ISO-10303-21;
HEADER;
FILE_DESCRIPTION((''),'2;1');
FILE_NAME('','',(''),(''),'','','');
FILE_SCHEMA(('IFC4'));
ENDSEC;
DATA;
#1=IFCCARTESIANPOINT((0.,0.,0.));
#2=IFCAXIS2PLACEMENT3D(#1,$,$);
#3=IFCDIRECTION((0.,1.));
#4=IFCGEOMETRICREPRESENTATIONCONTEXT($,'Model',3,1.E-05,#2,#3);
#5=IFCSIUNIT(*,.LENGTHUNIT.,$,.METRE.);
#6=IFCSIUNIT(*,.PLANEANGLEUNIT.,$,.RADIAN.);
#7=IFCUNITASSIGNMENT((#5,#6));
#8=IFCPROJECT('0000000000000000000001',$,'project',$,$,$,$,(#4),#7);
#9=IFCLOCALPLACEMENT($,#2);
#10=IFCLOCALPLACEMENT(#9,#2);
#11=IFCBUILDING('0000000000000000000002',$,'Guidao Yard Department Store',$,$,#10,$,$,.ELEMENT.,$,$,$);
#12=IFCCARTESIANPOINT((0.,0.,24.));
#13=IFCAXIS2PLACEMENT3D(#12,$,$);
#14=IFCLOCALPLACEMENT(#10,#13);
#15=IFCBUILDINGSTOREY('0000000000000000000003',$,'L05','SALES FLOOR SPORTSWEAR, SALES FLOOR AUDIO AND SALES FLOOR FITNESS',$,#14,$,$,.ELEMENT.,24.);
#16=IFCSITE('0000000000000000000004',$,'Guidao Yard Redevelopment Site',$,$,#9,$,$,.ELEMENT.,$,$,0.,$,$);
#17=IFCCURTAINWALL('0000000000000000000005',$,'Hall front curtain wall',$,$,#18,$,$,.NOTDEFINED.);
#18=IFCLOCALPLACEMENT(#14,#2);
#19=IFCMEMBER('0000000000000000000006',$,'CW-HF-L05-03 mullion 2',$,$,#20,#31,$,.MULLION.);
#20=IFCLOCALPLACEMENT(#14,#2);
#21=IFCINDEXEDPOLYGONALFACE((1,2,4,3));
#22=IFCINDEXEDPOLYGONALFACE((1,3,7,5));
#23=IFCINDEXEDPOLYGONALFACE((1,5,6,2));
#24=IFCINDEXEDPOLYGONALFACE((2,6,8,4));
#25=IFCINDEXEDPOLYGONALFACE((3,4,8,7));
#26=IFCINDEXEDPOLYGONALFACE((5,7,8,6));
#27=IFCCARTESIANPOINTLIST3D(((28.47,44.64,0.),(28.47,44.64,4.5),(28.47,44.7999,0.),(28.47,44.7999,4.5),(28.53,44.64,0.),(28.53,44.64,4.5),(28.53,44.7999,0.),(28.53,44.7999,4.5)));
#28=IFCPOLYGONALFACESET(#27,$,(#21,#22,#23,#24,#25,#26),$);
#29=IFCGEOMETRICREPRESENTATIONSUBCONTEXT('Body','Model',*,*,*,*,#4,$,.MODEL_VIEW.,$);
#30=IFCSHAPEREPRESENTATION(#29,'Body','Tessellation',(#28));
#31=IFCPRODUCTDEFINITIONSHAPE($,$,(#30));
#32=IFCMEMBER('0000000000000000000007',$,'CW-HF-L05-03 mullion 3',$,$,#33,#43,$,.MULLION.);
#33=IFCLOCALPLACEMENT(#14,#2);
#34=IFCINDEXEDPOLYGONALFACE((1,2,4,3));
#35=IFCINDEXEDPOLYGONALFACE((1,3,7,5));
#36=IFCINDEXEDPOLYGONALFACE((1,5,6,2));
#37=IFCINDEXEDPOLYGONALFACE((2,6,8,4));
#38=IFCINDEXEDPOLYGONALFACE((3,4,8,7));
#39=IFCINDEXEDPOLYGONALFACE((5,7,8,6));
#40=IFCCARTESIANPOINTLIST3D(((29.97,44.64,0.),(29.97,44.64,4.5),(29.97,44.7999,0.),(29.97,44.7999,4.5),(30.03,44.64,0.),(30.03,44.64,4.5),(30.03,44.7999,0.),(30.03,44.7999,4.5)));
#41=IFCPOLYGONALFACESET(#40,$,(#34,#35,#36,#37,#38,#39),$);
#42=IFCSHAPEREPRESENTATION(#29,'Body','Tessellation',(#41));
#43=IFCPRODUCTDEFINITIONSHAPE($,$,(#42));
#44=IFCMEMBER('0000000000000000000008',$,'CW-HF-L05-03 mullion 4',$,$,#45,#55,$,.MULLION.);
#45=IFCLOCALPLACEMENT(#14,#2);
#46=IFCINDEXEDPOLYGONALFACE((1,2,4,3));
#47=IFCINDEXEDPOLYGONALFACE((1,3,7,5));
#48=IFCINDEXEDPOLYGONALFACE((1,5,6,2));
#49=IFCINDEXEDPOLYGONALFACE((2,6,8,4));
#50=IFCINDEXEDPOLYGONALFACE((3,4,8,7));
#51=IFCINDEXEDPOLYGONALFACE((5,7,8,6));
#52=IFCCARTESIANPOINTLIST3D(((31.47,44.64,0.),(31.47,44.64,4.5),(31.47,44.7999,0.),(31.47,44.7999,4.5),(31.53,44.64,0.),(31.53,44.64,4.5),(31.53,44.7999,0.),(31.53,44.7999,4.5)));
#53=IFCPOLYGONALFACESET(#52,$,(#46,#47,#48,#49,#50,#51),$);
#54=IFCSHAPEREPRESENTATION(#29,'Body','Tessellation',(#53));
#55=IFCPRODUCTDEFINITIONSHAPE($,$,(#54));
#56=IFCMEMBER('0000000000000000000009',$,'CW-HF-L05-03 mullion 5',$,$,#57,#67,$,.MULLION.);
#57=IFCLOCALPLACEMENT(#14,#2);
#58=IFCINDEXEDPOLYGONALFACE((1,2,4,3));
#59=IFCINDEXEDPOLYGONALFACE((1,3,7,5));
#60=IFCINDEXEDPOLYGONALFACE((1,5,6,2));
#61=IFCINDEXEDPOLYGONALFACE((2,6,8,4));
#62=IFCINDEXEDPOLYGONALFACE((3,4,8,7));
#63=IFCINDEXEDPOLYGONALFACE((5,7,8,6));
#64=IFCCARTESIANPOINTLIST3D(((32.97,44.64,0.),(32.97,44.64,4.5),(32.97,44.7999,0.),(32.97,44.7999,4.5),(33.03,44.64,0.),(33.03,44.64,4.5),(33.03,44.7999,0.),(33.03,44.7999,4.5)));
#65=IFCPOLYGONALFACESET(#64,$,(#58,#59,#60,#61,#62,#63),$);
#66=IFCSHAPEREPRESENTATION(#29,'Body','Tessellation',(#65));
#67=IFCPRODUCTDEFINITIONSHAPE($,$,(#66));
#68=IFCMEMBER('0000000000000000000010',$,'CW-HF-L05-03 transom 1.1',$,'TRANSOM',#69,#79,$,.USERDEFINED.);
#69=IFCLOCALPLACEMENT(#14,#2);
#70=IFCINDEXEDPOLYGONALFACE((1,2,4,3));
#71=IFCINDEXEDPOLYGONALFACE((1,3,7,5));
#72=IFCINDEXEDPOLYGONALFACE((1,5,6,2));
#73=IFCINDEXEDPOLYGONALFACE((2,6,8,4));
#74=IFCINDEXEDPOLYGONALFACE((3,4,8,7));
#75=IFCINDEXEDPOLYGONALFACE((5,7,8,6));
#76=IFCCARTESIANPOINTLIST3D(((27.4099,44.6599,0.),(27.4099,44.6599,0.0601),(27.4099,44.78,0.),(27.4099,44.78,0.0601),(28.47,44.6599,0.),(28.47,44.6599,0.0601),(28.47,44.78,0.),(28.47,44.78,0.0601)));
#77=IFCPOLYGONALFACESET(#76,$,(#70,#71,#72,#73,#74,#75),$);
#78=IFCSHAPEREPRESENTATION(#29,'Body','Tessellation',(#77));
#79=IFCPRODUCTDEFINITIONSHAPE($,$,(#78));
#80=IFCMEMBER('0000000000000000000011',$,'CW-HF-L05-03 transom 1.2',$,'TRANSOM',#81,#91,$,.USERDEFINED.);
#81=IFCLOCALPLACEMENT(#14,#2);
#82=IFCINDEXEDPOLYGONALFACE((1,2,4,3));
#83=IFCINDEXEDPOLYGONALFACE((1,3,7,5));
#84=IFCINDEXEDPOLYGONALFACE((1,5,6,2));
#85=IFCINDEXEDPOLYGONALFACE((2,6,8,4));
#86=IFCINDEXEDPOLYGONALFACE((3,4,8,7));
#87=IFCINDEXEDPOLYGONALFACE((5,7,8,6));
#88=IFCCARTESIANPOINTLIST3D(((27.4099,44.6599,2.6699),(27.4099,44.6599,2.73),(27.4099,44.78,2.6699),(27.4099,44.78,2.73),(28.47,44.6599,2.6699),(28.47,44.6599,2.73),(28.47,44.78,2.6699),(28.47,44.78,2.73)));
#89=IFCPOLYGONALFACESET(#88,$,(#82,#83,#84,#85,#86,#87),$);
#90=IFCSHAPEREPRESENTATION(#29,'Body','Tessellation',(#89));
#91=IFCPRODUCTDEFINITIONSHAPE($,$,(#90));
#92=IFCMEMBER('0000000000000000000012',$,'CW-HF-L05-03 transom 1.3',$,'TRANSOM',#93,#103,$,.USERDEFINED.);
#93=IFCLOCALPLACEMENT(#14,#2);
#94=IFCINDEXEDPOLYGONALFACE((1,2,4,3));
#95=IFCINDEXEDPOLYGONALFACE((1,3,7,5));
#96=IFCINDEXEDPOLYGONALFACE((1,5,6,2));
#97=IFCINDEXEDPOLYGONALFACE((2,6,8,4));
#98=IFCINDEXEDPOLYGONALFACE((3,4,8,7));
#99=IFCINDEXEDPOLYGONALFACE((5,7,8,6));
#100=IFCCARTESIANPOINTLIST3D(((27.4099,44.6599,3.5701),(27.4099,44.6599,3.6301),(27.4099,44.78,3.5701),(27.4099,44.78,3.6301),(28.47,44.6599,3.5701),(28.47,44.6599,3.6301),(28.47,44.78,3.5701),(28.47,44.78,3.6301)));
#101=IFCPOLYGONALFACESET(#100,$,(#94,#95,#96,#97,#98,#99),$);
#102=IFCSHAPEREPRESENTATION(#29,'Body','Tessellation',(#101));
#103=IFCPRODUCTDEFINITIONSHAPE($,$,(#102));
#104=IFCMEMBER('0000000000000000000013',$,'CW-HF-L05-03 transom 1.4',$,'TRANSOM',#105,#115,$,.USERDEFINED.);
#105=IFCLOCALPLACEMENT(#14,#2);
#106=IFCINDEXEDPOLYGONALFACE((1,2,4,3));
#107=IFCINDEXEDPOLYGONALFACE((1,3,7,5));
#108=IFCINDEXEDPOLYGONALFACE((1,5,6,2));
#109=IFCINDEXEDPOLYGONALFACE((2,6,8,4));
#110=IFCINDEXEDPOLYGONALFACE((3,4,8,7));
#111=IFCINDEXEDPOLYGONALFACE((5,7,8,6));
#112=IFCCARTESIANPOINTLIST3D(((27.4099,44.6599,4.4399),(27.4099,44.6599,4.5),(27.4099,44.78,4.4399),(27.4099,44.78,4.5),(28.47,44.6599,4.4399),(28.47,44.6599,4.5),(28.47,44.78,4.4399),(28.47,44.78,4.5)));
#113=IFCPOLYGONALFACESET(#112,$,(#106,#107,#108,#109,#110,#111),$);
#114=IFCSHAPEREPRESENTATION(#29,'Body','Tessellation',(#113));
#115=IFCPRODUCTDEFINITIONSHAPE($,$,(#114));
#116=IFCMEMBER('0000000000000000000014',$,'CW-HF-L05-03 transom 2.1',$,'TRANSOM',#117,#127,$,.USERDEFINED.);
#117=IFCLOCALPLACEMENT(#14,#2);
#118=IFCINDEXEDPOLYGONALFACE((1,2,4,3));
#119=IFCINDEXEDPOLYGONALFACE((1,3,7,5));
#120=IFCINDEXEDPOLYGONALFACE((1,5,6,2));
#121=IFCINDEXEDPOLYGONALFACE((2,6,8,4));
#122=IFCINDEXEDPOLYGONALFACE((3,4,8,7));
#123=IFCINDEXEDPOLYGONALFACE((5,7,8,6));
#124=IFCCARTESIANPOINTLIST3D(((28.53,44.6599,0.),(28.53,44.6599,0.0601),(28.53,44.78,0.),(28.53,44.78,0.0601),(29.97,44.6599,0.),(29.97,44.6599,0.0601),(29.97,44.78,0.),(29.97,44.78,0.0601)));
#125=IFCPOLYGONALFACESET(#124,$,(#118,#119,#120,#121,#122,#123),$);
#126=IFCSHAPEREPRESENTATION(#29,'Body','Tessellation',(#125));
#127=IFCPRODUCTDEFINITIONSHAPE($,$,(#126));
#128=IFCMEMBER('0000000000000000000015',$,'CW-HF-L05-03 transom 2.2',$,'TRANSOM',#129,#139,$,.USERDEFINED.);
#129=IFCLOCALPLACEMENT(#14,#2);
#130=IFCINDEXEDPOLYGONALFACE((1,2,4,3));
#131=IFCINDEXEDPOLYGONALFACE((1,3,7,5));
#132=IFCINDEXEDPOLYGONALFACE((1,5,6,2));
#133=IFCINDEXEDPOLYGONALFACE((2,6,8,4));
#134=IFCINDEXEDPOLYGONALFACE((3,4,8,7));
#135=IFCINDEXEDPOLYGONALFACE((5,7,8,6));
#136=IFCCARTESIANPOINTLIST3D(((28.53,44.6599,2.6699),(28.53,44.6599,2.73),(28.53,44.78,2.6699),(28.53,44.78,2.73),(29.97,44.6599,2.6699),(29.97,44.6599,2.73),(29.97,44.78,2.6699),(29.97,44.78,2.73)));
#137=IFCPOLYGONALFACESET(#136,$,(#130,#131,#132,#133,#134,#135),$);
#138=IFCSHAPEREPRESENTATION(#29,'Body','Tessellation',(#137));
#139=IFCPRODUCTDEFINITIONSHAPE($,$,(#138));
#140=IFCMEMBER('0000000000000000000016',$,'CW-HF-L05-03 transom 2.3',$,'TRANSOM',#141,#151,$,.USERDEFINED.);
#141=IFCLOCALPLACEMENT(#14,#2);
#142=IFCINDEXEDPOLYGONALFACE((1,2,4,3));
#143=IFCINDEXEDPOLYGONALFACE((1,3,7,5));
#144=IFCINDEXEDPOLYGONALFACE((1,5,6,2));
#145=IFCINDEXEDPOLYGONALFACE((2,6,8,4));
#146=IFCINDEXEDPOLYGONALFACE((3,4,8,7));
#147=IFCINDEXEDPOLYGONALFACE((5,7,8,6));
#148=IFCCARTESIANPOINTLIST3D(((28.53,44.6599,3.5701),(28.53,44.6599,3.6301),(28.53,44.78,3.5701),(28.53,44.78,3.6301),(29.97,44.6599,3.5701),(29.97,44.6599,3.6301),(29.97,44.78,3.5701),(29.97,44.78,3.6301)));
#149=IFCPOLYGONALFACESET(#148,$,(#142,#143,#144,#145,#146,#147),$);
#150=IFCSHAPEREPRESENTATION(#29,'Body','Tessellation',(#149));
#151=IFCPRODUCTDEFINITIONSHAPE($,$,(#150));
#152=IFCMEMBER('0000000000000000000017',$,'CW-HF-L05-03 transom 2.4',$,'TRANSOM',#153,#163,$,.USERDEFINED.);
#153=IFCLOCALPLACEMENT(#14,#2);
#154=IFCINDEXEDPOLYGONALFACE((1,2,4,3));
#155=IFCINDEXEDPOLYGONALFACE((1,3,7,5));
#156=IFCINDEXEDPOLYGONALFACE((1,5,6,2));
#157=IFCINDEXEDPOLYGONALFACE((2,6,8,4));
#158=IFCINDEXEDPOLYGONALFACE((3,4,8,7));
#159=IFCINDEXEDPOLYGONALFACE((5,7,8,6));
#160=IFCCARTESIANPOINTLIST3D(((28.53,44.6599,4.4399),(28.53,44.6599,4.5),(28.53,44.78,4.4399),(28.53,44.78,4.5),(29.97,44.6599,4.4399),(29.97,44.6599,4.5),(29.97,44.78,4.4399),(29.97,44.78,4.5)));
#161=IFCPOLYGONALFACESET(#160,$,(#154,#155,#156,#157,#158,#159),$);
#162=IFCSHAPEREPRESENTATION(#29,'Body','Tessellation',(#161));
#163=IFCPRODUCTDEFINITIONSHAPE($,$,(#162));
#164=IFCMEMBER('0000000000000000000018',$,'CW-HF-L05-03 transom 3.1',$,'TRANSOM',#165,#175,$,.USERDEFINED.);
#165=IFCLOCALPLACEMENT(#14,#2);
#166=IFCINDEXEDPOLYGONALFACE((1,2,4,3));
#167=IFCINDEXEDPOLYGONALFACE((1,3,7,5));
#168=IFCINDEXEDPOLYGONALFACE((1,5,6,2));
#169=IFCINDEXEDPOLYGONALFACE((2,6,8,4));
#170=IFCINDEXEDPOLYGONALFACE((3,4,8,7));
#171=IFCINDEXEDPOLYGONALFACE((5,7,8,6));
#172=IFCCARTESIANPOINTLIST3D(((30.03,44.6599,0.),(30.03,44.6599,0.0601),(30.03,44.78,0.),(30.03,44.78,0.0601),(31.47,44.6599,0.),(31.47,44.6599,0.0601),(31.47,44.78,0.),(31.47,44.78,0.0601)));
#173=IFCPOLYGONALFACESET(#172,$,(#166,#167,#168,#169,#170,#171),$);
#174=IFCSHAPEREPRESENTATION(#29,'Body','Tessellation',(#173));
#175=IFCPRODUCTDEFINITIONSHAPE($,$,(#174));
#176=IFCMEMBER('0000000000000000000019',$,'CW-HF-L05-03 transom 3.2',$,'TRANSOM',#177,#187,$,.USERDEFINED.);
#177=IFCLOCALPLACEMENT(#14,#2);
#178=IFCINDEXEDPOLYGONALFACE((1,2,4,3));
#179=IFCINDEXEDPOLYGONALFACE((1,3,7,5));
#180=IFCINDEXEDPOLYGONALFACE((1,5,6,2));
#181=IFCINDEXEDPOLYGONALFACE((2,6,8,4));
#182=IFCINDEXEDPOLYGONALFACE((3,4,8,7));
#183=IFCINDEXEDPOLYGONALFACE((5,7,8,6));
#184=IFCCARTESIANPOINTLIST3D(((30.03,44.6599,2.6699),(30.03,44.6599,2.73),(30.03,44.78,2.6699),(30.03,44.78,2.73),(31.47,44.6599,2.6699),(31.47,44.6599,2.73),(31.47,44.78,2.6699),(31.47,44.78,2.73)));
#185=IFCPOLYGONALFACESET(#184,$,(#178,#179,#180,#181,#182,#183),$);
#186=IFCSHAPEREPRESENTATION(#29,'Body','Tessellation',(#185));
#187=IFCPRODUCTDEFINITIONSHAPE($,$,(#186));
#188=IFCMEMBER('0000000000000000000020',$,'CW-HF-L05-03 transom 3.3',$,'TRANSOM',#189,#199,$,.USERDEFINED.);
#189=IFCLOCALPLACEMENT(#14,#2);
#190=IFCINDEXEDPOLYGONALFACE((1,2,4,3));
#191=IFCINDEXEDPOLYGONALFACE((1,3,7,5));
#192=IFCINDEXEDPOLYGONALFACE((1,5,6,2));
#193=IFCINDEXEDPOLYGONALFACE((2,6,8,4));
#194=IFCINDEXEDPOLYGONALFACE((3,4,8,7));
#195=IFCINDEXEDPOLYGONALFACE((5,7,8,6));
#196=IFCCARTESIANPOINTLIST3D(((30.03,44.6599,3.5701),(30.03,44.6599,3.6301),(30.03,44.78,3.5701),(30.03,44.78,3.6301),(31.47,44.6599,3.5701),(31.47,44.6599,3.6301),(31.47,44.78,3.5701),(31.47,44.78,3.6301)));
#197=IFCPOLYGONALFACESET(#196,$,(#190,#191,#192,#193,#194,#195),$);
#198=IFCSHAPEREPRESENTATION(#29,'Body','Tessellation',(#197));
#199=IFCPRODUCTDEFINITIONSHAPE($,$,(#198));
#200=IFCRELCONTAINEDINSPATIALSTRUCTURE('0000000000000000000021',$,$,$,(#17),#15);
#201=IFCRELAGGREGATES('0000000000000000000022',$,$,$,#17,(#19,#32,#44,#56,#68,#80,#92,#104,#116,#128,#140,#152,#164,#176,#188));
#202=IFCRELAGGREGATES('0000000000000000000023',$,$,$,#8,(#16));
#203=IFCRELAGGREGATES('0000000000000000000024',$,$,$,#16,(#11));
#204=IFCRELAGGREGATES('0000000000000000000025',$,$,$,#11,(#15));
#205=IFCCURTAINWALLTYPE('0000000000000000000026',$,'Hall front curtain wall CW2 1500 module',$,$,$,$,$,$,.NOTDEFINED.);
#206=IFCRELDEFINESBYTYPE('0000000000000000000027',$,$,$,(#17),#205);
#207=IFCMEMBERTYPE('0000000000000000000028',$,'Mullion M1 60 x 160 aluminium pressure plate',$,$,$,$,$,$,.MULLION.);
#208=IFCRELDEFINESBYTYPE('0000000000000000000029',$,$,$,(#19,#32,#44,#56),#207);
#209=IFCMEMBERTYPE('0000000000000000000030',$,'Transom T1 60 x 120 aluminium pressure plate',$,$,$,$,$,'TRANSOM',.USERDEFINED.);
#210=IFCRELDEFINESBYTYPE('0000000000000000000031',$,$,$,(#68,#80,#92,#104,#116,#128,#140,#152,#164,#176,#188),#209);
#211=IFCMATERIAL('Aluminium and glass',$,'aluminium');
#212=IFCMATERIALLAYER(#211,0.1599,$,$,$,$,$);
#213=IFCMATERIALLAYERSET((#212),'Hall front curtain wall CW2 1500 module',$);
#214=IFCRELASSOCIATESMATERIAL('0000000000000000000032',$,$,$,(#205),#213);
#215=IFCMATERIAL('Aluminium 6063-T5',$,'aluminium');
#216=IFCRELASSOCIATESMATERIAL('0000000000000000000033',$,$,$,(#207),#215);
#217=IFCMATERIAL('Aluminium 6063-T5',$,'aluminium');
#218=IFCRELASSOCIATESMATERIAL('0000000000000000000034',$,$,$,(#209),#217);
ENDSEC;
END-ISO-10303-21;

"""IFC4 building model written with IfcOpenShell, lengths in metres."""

from ifc_helpers import new_model, si_unit, direction, frame, origin, origin_2d, place, context, subcontext, project, spatial, rectangle, extrude, material, layer, layer_set, material_profile, profile_set, type_object, element, aggregate, save


model = new_model("IFC4")

# Units and contexts
model_context = context("Model", 3, precision=1e-05, world=origin(), true_north=direction((0.0, 1.0)))
body_context = subcontext(model_context, "Body", "Model", "MODEL_VIEW")
ifc_project = project(units=[si_unit("LENGTHUNIT", "METRE"), si_unit("PLANEANGLEUNIT", "RADIAN")], contexts=[model_context])

# Site, building, storey
site_placement = place(None, origin())
site = spatial("IfcSite", under=ifc_project, at=site_placement, Name="Guidao Yard Redevelopment Site", CompositionType="ELEMENT", RefElevation=0.0)
building_placement = place(site_placement, origin())
building = spatial("IfcBuilding", under=site, at=building_placement, Name="Guidao Yard Department Store", CompositionType="ELEMENT")
storey_placement = place(building_placement, frame((0.0, 0.0, 24.0)))
storey = spatial("IfcBuildingStorey", under=building, at=storey_placement, Name="L05", Description="SALES FLOOR SPORTSWEAR, SALES FLOOR AUDIO AND SALES FLOOR FITNESS", CompositionType="ELEMENT", Elevation=24.0)

# Curtain wall, members
ifc_material_1 = material(Name="Aluminium and glass", Category="aluminium")
ifc_layer_1 = layer(ifc_material_1, 0.1599)
ifc_layer_set_1 = layer_set([ifc_layer_1], Name="Hall front curtain wall CW2 1500 module")
curtain_wall_type = type_object("IfcCurtainWallType", Name="Hall front curtain wall CW2 1500 module", PredefinedType="NOTDEFINED", material=ifc_layer_set_1)
curtain_wall_placement = place(storey_placement, origin())
curtain_wall = element("IfcCurtainWall", 1, at=curtain_wall_placement, inside=storey, type_object=curtain_wall_type, Name="Hall front curtain wall", PredefinedType="NOTDEFINED")
ifc_material_2 = material(Name="Aluminium 6063-T5", Category="aluminium")
ifc_material_profile_1 = material_profile(ifc_material_2, rectangle(XDim=0.0601, YDim=0.1599, at=origin_2d()), Name="Mullion M1 60 x 160 aluminium pressure plate")
ifc_profile_set_1 = profile_set([ifc_material_profile_1], Name="Aluminium 6063-T5")
member_type_1 = type_object("IfcMemberType", Name="Mullion M1 60 x 160 aluminium pressure plate", PredefinedType="MULLION", material=ifc_profile_set_1)
member_1_placement = place(storey_placement, frame((28.5, 44.72, 0.0), z_axis=(0.0, 0.0, 1.0), x_axis=(-1.0, 0.0, 0.0)))
member_1 = element("IfcMember", 2, at=member_1_placement, type_object=member_type_1, Name="CW-HF-L05-03 mullion 2", PredefinedType="MULLION", context=body_context, shape_type="SweptSolid", body=[
    extrude(rectangle(XDim=0.0601, YDim=0.1599, at=origin_2d()), origin(), (0.0, 0.0, 1.0), 4.5),
])
member_2_placement = place(storey_placement, frame((30.0, 44.72, 0.0), z_axis=(0.0, 0.0, 1.0), x_axis=(-1.0, 0.0, 0.0)))
member_2 = element("IfcMember", 3, at=member_2_placement, type_object=member_type_1, Name="CW-HF-L05-03 mullion 3", PredefinedType="MULLION", context=body_context, shape_type="SweptSolid", body=[
    extrude(rectangle(XDim=0.0601, YDim=0.1599, at=origin_2d()), origin(), (0.0, 0.0, 1.0), 4.5),
])
member_3_placement = place(storey_placement, frame((31.5, 44.72, 0.0), z_axis=(0.0, 0.0, 1.0), x_axis=(-1.0, 0.0, 0.0)))
member_3 = element("IfcMember", 4, at=member_3_placement, type_object=member_type_1, Name="CW-HF-L05-03 mullion 4", PredefinedType="MULLION", context=body_context, shape_type="SweptSolid", body=[
    extrude(rectangle(XDim=0.0601, YDim=0.1599, at=origin_2d()), origin(), (0.0, 0.0, 1.0), 4.5),
])
member_4_placement = place(storey_placement, frame((33.0, 44.72, 0.0), z_axis=(0.0, 0.0, 1.0), x_axis=(-1.0, 0.0, 0.0)))
member_4 = element("IfcMember", 5, at=member_4_placement, type_object=member_type_1, Name="CW-HF-L05-03 mullion 5", PredefinedType="MULLION", context=body_context, shape_type="SweptSolid", body=[
    extrude(rectangle(XDim=0.0601, YDim=0.1599, at=origin_2d()), origin(), (0.0, 0.0, 1.0), 4.5),
])
ifc_material_3 = material(Name="Aluminium 6063-T5", Category="aluminium")
ifc_material_profile_2 = material_profile(ifc_material_3, rectangle(XDim=0.1201, YDim=0.0601, at=origin_2d()), Name="Transom T1 60 x 120 aluminium pressure plate")
ifc_profile_set_2 = profile_set([ifc_material_profile_2], Name="Aluminium 6063-T5")
member_type_2 = type_object("IfcMemberType", Name="Transom T1 60 x 120 aluminium pressure plate", ElementType="TRANSOM", PredefinedType="USERDEFINED", material=ifc_profile_set_2)
member_5_placement = place(storey_placement, frame((28.47, 44.72, 0.03), z_axis=(-1.0, 0.0, 0.0), x_axis=(0.0, -1.0, 0.0)))
member_5 = element("IfcMember", 6, at=member_5_placement, type_object=member_type_2, Name="CW-HF-L05-03 transom 1.1", ObjectType="TRANSOM", PredefinedType="USERDEFINED", context=body_context, shape_type="SweptSolid", body=[
    extrude(rectangle(XDim=0.1201, YDim=0.0601, at=origin_2d()), origin(), (0.0, 0.0, 1.0), 1.0601),
])
member_6_placement = place(storey_placement, frame((28.47, 44.72, 2.7), z_axis=(-1.0, 0.0, 0.0), x_axis=(0.0, -1.0, 0.0)))
member_6 = element("IfcMember", 7, at=member_6_placement, type_object=member_type_2, Name="CW-HF-L05-03 transom 1.2", ObjectType="TRANSOM", PredefinedType="USERDEFINED", context=body_context, shape_type="SweptSolid", body=[
    extrude(rectangle(XDim=0.1201, YDim=0.0601, at=origin_2d()), origin(), (0.0, 0.0, 1.0), 1.0601),
])
member_7_placement = place(storey_placement, frame((28.47, 44.72, 3.6001), z_axis=(-1.0, 0.0, 0.0), x_axis=(0.0, -1.0, 0.0)))
member_7 = element("IfcMember", 8, at=member_7_placement, type_object=member_type_2, Name="CW-HF-L05-03 transom 1.3", ObjectType="TRANSOM", PredefinedType="USERDEFINED", context=body_context, shape_type="SweptSolid", body=[
    extrude(rectangle(XDim=0.1201, YDim=0.0601, at=origin_2d()), origin(), (0.0, 0.0, 1.0), 1.0601),
])
member_8_placement = place(storey_placement, frame((28.47, 44.72, 4.47), z_axis=(-1.0, 0.0, 0.0), x_axis=(0.0, -1.0, 0.0)))
member_8 = element("IfcMember", 9, at=member_8_placement, type_object=member_type_2, Name="CW-HF-L05-03 transom 1.4", ObjectType="TRANSOM", PredefinedType="USERDEFINED", context=body_context, shape_type="SweptSolid", body=[
    extrude(rectangle(XDim=0.1201, YDim=0.0601, at=origin_2d()), origin(), (0.0, 0.0, 1.0), 1.0601),
])
member_9_placement = place(storey_placement, frame((29.97, 44.72, 0.03), z_axis=(-1.0, 0.0, 0.0), x_axis=(0.0, -1.0, 0.0)))
member_9 = element("IfcMember", 10, at=member_9_placement, type_object=member_type_2, Name="CW-HF-L05-03 transom 2.1", ObjectType="TRANSOM", PredefinedType="USERDEFINED", context=body_context, shape_type="SweptSolid", body=[
    extrude(rectangle(XDim=0.1201, YDim=0.0601, at=origin_2d()), origin(), (0.0, 0.0, 1.0), 1.4399),
])
member_10_placement = place(storey_placement, frame((29.97, 44.72, 2.7), z_axis=(-1.0, 0.0, 0.0), x_axis=(0.0, -1.0, 0.0)))
member_10 = element("IfcMember", 11, at=member_10_placement, type_object=member_type_2, Name="CW-HF-L05-03 transom 2.2", ObjectType="TRANSOM", PredefinedType="USERDEFINED", context=body_context, shape_type="SweptSolid", body=[
    extrude(rectangle(XDim=0.1201, YDim=0.0601, at=origin_2d()), origin(), (0.0, 0.0, 1.0), 1.4399),
])
member_11_placement = place(storey_placement, frame((29.97, 44.72, 3.6001), z_axis=(-1.0, 0.0, 0.0), x_axis=(0.0, -1.0, 0.0)))
member_11 = element("IfcMember", 12, at=member_11_placement, type_object=member_type_2, Name="CW-HF-L05-03 transom 2.3", ObjectType="TRANSOM", PredefinedType="USERDEFINED", context=body_context, shape_type="SweptSolid", body=[
    extrude(rectangle(XDim=0.1201, YDim=0.0601, at=origin_2d()), origin(), (0.0, 0.0, 1.0), 1.4399),
])
member_12_placement = place(storey_placement, frame((29.97, 44.72, 4.47), z_axis=(-1.0, 0.0, 0.0), x_axis=(0.0, -1.0, 0.0)))
member_12 = element("IfcMember", 13, at=member_12_placement, type_object=member_type_2, Name="CW-HF-L05-03 transom 2.4", ObjectType="TRANSOM", PredefinedType="USERDEFINED", context=body_context, shape_type="SweptSolid", body=[
    extrude(rectangle(XDim=0.1201, YDim=0.0601, at=origin_2d()), origin(), (0.0, 0.0, 1.0), 1.4399),
])
member_13_placement = place(storey_placement, frame((31.47, 44.72, 0.03), z_axis=(-1.0, 0.0, 0.0), x_axis=(0.0, -1.0, 0.0)))
member_13 = element("IfcMember", 14, at=member_13_placement, type_object=member_type_2, Name="CW-HF-L05-03 transom 3.1", ObjectType="TRANSOM", PredefinedType="USERDEFINED", context=body_context, shape_type="SweptSolid", body=[
    extrude(rectangle(XDim=0.1201, YDim=0.0601, at=origin_2d()), origin(), (0.0, 0.0, 1.0), 1.4399),
])
member_14_placement = place(storey_placement, frame((31.47, 44.72, 2.7), z_axis=(-1.0, 0.0, 0.0), x_axis=(0.0, -1.0, 0.0)))
member_14 = element("IfcMember", 15, at=member_14_placement, type_object=member_type_2, Name="CW-HF-L05-03 transom 3.2", ObjectType="TRANSOM", PredefinedType="USERDEFINED", context=body_context, shape_type="SweptSolid", body=[
    extrude(rectangle(XDim=0.1201, YDim=0.0601, at=origin_2d()), origin(), (0.0, 0.0, 1.0), 1.4399),
])
member_15_placement = place(storey_placement, frame((31.47, 44.72, 3.6001), z_axis=(-1.0, 0.0, 0.0), x_axis=(0.0, -1.0, 0.0)))
member_15 = element("IfcMember", 16, at=member_15_placement, type_object=member_type_2, Name="CW-HF-L05-03 transom 3.3", ObjectType="TRANSOM", PredefinedType="USERDEFINED", context=body_context, shape_type="SweptSolid", body=[
    extrude(rectangle(XDim=0.1201, YDim=0.0601, at=origin_2d()), origin(), (0.0, 0.0, 1.0), 1.4399),
])
aggregate(curtain_wall, [member_1, member_2, member_3, member_4, member_5, member_6, member_7, member_8, member_9, member_10, member_11, member_12, member_13, member_14, member_15])

save(model, "model.ifc")
